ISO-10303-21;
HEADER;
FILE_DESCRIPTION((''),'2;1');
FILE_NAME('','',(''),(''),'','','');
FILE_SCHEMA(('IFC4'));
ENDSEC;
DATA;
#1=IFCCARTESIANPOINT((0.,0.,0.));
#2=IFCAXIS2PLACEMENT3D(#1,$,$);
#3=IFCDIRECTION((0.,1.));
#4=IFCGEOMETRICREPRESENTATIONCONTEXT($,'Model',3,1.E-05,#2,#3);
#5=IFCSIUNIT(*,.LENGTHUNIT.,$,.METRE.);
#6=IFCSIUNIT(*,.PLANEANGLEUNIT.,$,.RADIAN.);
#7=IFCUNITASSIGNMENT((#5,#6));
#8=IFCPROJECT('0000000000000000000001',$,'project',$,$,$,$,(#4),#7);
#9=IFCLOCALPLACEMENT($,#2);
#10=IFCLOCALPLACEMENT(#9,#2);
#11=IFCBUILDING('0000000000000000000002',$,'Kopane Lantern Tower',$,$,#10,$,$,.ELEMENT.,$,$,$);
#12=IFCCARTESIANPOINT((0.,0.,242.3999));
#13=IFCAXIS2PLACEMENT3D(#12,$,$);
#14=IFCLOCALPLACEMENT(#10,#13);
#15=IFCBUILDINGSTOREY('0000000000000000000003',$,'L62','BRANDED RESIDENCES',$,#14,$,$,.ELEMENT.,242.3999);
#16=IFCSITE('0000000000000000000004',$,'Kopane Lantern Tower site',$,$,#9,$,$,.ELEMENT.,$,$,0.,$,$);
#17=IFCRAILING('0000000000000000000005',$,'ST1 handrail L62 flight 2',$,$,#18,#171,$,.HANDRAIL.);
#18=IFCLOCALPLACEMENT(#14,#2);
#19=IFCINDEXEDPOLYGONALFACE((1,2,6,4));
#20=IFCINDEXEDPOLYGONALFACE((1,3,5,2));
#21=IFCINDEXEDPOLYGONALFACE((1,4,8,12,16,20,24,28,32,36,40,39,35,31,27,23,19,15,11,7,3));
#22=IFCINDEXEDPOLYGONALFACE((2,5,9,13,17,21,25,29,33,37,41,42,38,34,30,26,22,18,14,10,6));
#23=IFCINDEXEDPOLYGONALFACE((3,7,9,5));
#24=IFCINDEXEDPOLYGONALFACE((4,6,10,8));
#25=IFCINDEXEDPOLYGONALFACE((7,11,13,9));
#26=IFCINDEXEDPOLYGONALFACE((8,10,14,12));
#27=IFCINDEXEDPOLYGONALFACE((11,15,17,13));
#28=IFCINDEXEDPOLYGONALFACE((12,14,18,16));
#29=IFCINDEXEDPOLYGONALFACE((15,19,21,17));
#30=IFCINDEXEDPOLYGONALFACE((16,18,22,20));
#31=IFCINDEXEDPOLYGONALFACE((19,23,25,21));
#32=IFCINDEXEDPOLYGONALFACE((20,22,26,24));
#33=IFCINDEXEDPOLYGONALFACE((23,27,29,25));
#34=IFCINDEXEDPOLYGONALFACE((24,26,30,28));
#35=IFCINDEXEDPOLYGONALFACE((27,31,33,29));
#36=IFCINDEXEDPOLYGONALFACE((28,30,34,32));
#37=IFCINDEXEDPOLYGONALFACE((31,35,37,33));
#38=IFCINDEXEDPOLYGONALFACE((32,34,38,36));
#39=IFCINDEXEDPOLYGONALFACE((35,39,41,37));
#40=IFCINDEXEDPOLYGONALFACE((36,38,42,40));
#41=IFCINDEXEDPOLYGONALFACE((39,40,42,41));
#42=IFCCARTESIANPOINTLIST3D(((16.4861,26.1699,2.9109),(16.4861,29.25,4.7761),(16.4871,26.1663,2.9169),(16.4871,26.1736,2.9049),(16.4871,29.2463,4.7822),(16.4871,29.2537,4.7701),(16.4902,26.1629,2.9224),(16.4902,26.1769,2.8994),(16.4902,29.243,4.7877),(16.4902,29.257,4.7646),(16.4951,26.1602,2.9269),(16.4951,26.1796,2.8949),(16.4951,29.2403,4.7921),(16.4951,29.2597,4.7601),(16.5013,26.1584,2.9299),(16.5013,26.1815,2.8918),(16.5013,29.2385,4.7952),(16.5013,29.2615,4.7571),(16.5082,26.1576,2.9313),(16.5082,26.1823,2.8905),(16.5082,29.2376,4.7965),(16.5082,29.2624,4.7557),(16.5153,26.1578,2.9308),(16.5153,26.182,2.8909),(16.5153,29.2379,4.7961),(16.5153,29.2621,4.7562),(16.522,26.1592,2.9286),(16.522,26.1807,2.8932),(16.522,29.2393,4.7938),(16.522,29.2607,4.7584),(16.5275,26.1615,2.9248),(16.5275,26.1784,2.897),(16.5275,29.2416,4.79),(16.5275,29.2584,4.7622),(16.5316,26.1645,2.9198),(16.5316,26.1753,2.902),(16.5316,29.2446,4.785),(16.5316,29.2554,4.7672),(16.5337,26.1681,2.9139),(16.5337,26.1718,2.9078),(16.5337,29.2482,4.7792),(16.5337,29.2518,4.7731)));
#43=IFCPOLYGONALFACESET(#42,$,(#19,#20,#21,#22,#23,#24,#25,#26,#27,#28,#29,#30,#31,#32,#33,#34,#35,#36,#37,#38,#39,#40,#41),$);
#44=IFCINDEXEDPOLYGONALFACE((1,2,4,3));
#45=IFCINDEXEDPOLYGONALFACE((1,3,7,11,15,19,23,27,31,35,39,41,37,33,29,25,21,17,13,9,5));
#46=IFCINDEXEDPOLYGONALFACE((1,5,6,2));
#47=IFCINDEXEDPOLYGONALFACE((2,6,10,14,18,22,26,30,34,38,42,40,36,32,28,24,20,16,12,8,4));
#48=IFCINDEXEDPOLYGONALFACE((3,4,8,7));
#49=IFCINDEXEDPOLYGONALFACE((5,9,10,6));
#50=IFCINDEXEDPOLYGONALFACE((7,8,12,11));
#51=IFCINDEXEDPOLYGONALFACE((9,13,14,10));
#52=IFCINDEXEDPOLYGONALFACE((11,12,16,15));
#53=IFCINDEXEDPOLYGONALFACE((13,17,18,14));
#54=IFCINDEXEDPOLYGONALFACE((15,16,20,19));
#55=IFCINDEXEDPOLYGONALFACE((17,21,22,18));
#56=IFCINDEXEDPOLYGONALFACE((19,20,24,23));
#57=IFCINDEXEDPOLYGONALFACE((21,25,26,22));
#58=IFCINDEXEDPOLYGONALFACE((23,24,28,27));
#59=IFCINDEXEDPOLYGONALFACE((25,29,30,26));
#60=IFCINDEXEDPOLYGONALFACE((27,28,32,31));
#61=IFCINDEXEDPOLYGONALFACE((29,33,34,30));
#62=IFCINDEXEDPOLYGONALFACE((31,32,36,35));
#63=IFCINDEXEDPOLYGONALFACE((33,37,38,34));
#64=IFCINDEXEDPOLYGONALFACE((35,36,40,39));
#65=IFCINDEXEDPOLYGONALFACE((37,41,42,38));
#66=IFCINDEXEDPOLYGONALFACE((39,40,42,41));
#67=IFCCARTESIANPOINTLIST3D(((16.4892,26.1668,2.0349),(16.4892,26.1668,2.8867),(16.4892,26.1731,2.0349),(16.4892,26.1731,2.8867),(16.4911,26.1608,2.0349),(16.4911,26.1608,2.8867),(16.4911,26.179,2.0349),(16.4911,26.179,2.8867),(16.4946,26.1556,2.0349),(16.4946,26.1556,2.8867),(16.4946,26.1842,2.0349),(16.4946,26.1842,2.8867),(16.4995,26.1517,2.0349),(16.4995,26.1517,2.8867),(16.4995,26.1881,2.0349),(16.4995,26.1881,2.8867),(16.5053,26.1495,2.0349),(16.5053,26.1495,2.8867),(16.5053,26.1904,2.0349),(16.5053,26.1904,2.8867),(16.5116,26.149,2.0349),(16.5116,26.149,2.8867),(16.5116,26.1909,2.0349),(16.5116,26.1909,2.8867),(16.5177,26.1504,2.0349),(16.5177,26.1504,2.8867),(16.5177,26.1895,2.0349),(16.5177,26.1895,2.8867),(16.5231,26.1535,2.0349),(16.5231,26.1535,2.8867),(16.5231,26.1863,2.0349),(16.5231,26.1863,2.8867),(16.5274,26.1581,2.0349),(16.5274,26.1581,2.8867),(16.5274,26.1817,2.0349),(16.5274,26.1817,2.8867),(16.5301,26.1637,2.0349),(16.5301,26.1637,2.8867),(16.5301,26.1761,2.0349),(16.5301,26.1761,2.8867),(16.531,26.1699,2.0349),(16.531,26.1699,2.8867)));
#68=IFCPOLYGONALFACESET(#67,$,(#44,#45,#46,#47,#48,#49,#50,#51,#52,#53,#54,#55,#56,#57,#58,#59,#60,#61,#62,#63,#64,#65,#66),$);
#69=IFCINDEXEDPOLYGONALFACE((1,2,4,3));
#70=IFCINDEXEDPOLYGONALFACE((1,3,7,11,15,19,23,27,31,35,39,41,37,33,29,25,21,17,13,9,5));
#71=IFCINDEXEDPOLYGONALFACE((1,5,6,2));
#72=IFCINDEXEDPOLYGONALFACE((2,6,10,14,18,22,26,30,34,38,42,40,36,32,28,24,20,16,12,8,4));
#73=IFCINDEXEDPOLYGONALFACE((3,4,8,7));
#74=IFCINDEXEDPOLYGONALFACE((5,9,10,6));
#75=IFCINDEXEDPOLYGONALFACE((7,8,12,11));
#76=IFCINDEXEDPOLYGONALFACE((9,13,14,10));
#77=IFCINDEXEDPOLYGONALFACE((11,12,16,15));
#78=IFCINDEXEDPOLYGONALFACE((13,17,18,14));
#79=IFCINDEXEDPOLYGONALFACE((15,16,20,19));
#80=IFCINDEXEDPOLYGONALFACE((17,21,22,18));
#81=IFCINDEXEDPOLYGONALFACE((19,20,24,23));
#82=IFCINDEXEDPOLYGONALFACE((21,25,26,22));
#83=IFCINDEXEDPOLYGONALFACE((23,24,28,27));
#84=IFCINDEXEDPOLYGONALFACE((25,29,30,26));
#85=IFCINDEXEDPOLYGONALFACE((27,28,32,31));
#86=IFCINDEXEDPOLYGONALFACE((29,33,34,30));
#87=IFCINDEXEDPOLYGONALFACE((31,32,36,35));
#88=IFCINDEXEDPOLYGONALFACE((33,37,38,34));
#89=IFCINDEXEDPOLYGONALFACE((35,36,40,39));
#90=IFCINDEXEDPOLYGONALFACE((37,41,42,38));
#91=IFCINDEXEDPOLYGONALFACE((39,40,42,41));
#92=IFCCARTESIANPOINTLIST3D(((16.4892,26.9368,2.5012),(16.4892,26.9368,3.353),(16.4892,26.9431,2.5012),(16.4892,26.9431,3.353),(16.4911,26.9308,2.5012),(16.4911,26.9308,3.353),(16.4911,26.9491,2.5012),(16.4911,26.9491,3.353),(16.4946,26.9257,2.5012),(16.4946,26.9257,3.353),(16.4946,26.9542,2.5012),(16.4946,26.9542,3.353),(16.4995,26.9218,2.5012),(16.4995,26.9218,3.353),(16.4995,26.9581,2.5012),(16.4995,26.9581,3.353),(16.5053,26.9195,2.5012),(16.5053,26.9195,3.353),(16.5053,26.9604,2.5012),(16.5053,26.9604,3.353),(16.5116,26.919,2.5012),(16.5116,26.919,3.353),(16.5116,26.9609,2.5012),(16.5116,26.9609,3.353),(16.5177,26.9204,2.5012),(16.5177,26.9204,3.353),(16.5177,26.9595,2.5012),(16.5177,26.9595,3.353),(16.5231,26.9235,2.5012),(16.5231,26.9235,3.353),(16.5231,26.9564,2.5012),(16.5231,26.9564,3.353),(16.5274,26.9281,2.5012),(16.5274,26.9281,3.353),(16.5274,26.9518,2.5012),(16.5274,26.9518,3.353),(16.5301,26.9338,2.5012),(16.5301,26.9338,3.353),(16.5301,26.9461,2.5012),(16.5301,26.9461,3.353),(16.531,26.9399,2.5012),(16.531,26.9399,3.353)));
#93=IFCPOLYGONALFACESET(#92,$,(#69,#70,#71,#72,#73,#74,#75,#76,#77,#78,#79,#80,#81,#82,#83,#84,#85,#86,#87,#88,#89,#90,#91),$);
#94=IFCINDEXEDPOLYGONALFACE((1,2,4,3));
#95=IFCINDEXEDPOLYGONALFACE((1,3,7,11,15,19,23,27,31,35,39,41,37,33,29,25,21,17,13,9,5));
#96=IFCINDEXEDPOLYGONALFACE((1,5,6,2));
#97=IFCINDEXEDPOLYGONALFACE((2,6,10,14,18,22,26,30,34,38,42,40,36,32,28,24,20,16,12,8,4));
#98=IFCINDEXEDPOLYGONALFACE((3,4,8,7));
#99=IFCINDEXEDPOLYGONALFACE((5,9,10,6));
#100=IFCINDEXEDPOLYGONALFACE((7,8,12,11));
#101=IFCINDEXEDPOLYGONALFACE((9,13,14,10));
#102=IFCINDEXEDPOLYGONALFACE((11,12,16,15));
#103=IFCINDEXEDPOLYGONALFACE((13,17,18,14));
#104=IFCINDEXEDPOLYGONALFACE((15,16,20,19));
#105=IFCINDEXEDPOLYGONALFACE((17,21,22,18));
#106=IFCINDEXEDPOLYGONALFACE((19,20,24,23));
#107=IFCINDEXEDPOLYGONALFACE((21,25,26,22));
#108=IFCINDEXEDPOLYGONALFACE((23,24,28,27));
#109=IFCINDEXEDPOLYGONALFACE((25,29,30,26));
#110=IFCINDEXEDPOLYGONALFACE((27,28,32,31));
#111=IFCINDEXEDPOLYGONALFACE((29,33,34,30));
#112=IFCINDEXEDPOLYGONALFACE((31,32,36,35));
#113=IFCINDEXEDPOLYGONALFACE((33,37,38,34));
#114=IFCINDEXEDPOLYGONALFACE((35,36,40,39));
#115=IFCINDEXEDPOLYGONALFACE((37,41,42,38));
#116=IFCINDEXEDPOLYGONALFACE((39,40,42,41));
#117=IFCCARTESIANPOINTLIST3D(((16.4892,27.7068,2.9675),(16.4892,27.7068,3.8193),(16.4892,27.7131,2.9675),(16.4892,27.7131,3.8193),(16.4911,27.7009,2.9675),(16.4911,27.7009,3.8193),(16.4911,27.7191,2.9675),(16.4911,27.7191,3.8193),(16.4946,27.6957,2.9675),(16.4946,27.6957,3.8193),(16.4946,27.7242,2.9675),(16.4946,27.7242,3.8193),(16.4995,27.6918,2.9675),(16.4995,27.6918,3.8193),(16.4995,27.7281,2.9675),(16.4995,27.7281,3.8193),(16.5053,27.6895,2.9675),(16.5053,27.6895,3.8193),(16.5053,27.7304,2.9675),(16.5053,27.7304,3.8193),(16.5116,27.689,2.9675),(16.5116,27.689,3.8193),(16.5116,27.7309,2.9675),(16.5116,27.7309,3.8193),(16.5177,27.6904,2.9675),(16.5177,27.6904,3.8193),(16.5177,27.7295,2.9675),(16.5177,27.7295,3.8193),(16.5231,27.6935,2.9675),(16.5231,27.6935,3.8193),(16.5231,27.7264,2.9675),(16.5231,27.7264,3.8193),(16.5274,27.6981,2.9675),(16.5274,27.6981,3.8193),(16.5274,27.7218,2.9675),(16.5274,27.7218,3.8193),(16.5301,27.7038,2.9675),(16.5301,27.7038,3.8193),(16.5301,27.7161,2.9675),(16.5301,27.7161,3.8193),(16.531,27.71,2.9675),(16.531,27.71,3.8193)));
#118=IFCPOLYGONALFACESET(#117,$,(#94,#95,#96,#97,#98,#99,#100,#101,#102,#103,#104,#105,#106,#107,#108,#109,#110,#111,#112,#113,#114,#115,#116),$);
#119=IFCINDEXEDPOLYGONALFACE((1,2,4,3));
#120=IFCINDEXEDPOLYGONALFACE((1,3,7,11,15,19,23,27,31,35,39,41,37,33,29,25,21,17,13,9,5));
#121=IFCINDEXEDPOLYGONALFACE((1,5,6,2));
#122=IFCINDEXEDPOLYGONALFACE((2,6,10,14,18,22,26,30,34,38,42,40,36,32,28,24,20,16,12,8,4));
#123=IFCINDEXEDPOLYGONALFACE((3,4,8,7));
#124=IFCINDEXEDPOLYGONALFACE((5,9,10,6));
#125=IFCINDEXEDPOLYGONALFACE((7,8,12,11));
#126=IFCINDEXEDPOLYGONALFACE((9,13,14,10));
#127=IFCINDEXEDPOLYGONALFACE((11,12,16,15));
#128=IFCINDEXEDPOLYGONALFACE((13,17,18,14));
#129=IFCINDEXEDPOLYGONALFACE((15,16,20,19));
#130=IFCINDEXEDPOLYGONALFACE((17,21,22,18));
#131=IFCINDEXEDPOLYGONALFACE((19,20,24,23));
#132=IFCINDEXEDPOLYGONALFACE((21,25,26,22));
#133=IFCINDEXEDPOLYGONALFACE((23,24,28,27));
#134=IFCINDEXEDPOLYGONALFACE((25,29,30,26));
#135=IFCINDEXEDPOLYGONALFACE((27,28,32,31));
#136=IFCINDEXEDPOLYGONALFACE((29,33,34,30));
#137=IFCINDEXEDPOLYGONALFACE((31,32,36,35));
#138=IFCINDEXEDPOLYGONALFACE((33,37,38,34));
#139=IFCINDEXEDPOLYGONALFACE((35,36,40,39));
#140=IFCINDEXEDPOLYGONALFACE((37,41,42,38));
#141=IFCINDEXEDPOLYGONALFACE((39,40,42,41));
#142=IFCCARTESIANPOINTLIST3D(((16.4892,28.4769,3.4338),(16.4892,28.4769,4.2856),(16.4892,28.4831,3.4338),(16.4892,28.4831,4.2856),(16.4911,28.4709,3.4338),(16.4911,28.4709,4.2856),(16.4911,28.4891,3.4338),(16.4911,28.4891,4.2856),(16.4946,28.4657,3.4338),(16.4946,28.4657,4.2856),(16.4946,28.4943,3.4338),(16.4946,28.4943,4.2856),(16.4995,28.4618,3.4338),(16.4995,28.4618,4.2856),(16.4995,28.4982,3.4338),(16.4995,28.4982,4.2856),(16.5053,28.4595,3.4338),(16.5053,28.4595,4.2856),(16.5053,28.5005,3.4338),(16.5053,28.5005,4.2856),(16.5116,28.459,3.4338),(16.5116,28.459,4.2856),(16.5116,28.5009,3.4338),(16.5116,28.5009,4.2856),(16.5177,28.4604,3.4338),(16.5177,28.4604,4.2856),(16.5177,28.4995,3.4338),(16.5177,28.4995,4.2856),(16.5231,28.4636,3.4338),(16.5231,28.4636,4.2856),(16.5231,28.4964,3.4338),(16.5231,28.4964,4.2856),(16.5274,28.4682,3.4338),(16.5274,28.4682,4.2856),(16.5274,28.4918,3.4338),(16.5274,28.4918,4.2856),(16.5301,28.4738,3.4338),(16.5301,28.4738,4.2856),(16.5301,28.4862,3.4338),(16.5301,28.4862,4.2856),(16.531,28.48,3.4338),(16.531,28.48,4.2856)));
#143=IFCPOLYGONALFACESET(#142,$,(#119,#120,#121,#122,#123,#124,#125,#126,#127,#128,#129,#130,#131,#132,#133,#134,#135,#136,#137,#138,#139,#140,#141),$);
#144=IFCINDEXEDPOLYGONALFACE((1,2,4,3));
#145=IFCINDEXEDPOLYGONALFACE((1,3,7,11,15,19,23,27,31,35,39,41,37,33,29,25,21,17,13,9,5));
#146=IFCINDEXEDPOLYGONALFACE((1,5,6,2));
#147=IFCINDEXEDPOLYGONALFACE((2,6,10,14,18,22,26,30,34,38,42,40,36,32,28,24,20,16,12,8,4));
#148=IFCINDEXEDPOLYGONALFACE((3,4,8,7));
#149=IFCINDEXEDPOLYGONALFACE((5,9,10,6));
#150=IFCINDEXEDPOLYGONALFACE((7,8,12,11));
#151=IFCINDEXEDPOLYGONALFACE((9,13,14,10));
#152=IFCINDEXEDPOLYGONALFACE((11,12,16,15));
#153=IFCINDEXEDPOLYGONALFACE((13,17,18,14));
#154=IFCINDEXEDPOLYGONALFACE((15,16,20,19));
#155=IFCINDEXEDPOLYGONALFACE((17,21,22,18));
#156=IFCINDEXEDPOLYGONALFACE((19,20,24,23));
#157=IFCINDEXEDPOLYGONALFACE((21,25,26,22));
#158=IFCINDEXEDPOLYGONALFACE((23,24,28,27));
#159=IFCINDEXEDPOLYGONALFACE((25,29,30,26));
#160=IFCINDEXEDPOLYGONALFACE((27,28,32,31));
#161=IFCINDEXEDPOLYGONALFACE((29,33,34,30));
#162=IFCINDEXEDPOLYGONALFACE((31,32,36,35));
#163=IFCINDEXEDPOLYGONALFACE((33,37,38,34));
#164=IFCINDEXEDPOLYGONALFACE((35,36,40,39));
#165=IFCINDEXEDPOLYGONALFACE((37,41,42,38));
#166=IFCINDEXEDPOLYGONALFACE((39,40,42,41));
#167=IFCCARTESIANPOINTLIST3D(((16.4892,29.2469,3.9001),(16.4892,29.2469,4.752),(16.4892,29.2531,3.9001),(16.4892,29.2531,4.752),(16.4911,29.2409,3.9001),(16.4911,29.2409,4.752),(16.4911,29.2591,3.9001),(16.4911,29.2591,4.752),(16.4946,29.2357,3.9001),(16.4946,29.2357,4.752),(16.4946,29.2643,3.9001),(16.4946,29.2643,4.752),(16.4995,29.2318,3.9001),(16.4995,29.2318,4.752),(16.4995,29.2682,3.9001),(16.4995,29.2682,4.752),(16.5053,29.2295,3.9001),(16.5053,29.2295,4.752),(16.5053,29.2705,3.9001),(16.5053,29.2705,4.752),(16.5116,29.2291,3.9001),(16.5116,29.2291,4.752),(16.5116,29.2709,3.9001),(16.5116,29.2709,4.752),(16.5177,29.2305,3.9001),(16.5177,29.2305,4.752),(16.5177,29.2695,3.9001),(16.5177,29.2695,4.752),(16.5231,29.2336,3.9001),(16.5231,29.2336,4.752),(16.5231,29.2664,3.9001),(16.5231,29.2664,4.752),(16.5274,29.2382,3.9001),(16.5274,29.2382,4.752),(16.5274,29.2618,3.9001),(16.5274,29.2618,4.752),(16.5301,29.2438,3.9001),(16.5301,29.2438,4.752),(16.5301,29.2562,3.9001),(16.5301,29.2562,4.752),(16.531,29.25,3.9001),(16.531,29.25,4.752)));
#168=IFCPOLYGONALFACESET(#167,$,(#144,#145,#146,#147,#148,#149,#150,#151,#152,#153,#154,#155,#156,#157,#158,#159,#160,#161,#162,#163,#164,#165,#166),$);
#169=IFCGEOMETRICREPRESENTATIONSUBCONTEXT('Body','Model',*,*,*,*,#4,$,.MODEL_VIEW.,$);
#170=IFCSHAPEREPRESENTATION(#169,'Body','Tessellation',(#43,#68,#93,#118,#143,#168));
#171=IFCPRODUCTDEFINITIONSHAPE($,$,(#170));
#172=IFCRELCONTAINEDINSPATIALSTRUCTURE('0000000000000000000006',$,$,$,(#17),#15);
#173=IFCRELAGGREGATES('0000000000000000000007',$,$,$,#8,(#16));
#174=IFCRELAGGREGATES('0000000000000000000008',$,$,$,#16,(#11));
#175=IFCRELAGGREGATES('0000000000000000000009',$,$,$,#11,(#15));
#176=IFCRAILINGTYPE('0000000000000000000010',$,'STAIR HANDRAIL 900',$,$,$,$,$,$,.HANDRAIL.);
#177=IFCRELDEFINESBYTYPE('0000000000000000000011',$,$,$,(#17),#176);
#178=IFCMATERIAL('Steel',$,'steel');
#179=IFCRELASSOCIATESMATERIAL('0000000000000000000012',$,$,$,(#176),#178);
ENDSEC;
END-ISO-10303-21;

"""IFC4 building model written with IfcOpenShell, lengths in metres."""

from ifc_helpers import new_model, si_unit, direction, frame, origin, origin_2d, place, context, subcontext, project, spatial, circle, extrude, material, type_object, element, save


model = new_model("IFC4")

# Units and contexts
model_context = context("Model", 3, precision=1e-05, world=origin(), true_north=direction((0.0, 1.0)))
body_context = subcontext(model_context, "Body", "Model", "MODEL_VIEW")
ifc_project = project(units=[si_unit("LENGTHUNIT", "METRE"), si_unit("PLANEANGLEUNIT", "RADIAN")], contexts=[model_context])

# Site, building, storey
site_placement = place(None, origin())
site = spatial("IfcSite", under=ifc_project, at=site_placement, Name="Kopane Lantern Tower site", CompositionType="ELEMENT", RefElevation=0.0)
building_placement = place(site_placement, origin())
building = spatial("IfcBuilding", under=site, at=building_placement, Name="Kopane Lantern Tower", CompositionType="ELEMENT")
storey_placement = place(building_placement, frame((0.0, 0.0, 242.3999)))
storey = spatial("IfcBuildingStorey", under=building, at=storey_placement, Name="L62", Description="BRANDED RESIDENCES", CompositionType="ELEMENT", Elevation=242.3999)

# Railing
ifc_material_1 = material(Name="Steel", Category="steel")
railing_type_1 = type_object("IfcRailingType", Name="STAIR HANDRAIL 900", PredefinedType="HANDRAIL", material=ifc_material_1)
for number, where, name in (
    (1, (16.51, 26.1699, 2.0349), "ST1 handrail L62 flight 2"),
):
    element("IfcRailing", number, at=place(storey_placement, frame(where)), inside=storey, type_object=railing_type_1, Name=name, PredefinedType="HANDRAIL", context=body_context, shape_type="SweptSolid", body=[
        extrude(circle(Radius=0.0239, at=origin_2d()), frame((0.0, 0.0, 0.876), z_axis=(0.0, 0.85538, 0.518001), x_axis=(-1.0, 0.0, 0.0)), (0.0, 0.0, 1.0), 3.6008),
        extrude(circle(Radius=0.021, at=origin_2d()), origin(), (0.0, 0.0, 1.0), 0.8518),
        extrude(circle(Radius=0.021, at=origin_2d()), frame((0.0, 0.77, 0.4663)), (0.0, 0.0, 1.0), 0.8518),
        extrude(circle(Radius=0.021, at=origin_2d()), frame((0.0, 1.54, 0.9326)), (0.0, 0.0, 1.0), 0.8518),
        extrude(circle(Radius=0.021, at=origin_2d()), frame((0.0, 2.3101, 1.3989)), (0.0, 0.0, 1.0), 0.8518),
        extrude(circle(Radius=0.021, at=origin_2d()), frame((0.0, 3.0801, 1.8652)), (0.0, 0.0, 1.0), 0.8518),
    ])

save(model, "model.ifc")
